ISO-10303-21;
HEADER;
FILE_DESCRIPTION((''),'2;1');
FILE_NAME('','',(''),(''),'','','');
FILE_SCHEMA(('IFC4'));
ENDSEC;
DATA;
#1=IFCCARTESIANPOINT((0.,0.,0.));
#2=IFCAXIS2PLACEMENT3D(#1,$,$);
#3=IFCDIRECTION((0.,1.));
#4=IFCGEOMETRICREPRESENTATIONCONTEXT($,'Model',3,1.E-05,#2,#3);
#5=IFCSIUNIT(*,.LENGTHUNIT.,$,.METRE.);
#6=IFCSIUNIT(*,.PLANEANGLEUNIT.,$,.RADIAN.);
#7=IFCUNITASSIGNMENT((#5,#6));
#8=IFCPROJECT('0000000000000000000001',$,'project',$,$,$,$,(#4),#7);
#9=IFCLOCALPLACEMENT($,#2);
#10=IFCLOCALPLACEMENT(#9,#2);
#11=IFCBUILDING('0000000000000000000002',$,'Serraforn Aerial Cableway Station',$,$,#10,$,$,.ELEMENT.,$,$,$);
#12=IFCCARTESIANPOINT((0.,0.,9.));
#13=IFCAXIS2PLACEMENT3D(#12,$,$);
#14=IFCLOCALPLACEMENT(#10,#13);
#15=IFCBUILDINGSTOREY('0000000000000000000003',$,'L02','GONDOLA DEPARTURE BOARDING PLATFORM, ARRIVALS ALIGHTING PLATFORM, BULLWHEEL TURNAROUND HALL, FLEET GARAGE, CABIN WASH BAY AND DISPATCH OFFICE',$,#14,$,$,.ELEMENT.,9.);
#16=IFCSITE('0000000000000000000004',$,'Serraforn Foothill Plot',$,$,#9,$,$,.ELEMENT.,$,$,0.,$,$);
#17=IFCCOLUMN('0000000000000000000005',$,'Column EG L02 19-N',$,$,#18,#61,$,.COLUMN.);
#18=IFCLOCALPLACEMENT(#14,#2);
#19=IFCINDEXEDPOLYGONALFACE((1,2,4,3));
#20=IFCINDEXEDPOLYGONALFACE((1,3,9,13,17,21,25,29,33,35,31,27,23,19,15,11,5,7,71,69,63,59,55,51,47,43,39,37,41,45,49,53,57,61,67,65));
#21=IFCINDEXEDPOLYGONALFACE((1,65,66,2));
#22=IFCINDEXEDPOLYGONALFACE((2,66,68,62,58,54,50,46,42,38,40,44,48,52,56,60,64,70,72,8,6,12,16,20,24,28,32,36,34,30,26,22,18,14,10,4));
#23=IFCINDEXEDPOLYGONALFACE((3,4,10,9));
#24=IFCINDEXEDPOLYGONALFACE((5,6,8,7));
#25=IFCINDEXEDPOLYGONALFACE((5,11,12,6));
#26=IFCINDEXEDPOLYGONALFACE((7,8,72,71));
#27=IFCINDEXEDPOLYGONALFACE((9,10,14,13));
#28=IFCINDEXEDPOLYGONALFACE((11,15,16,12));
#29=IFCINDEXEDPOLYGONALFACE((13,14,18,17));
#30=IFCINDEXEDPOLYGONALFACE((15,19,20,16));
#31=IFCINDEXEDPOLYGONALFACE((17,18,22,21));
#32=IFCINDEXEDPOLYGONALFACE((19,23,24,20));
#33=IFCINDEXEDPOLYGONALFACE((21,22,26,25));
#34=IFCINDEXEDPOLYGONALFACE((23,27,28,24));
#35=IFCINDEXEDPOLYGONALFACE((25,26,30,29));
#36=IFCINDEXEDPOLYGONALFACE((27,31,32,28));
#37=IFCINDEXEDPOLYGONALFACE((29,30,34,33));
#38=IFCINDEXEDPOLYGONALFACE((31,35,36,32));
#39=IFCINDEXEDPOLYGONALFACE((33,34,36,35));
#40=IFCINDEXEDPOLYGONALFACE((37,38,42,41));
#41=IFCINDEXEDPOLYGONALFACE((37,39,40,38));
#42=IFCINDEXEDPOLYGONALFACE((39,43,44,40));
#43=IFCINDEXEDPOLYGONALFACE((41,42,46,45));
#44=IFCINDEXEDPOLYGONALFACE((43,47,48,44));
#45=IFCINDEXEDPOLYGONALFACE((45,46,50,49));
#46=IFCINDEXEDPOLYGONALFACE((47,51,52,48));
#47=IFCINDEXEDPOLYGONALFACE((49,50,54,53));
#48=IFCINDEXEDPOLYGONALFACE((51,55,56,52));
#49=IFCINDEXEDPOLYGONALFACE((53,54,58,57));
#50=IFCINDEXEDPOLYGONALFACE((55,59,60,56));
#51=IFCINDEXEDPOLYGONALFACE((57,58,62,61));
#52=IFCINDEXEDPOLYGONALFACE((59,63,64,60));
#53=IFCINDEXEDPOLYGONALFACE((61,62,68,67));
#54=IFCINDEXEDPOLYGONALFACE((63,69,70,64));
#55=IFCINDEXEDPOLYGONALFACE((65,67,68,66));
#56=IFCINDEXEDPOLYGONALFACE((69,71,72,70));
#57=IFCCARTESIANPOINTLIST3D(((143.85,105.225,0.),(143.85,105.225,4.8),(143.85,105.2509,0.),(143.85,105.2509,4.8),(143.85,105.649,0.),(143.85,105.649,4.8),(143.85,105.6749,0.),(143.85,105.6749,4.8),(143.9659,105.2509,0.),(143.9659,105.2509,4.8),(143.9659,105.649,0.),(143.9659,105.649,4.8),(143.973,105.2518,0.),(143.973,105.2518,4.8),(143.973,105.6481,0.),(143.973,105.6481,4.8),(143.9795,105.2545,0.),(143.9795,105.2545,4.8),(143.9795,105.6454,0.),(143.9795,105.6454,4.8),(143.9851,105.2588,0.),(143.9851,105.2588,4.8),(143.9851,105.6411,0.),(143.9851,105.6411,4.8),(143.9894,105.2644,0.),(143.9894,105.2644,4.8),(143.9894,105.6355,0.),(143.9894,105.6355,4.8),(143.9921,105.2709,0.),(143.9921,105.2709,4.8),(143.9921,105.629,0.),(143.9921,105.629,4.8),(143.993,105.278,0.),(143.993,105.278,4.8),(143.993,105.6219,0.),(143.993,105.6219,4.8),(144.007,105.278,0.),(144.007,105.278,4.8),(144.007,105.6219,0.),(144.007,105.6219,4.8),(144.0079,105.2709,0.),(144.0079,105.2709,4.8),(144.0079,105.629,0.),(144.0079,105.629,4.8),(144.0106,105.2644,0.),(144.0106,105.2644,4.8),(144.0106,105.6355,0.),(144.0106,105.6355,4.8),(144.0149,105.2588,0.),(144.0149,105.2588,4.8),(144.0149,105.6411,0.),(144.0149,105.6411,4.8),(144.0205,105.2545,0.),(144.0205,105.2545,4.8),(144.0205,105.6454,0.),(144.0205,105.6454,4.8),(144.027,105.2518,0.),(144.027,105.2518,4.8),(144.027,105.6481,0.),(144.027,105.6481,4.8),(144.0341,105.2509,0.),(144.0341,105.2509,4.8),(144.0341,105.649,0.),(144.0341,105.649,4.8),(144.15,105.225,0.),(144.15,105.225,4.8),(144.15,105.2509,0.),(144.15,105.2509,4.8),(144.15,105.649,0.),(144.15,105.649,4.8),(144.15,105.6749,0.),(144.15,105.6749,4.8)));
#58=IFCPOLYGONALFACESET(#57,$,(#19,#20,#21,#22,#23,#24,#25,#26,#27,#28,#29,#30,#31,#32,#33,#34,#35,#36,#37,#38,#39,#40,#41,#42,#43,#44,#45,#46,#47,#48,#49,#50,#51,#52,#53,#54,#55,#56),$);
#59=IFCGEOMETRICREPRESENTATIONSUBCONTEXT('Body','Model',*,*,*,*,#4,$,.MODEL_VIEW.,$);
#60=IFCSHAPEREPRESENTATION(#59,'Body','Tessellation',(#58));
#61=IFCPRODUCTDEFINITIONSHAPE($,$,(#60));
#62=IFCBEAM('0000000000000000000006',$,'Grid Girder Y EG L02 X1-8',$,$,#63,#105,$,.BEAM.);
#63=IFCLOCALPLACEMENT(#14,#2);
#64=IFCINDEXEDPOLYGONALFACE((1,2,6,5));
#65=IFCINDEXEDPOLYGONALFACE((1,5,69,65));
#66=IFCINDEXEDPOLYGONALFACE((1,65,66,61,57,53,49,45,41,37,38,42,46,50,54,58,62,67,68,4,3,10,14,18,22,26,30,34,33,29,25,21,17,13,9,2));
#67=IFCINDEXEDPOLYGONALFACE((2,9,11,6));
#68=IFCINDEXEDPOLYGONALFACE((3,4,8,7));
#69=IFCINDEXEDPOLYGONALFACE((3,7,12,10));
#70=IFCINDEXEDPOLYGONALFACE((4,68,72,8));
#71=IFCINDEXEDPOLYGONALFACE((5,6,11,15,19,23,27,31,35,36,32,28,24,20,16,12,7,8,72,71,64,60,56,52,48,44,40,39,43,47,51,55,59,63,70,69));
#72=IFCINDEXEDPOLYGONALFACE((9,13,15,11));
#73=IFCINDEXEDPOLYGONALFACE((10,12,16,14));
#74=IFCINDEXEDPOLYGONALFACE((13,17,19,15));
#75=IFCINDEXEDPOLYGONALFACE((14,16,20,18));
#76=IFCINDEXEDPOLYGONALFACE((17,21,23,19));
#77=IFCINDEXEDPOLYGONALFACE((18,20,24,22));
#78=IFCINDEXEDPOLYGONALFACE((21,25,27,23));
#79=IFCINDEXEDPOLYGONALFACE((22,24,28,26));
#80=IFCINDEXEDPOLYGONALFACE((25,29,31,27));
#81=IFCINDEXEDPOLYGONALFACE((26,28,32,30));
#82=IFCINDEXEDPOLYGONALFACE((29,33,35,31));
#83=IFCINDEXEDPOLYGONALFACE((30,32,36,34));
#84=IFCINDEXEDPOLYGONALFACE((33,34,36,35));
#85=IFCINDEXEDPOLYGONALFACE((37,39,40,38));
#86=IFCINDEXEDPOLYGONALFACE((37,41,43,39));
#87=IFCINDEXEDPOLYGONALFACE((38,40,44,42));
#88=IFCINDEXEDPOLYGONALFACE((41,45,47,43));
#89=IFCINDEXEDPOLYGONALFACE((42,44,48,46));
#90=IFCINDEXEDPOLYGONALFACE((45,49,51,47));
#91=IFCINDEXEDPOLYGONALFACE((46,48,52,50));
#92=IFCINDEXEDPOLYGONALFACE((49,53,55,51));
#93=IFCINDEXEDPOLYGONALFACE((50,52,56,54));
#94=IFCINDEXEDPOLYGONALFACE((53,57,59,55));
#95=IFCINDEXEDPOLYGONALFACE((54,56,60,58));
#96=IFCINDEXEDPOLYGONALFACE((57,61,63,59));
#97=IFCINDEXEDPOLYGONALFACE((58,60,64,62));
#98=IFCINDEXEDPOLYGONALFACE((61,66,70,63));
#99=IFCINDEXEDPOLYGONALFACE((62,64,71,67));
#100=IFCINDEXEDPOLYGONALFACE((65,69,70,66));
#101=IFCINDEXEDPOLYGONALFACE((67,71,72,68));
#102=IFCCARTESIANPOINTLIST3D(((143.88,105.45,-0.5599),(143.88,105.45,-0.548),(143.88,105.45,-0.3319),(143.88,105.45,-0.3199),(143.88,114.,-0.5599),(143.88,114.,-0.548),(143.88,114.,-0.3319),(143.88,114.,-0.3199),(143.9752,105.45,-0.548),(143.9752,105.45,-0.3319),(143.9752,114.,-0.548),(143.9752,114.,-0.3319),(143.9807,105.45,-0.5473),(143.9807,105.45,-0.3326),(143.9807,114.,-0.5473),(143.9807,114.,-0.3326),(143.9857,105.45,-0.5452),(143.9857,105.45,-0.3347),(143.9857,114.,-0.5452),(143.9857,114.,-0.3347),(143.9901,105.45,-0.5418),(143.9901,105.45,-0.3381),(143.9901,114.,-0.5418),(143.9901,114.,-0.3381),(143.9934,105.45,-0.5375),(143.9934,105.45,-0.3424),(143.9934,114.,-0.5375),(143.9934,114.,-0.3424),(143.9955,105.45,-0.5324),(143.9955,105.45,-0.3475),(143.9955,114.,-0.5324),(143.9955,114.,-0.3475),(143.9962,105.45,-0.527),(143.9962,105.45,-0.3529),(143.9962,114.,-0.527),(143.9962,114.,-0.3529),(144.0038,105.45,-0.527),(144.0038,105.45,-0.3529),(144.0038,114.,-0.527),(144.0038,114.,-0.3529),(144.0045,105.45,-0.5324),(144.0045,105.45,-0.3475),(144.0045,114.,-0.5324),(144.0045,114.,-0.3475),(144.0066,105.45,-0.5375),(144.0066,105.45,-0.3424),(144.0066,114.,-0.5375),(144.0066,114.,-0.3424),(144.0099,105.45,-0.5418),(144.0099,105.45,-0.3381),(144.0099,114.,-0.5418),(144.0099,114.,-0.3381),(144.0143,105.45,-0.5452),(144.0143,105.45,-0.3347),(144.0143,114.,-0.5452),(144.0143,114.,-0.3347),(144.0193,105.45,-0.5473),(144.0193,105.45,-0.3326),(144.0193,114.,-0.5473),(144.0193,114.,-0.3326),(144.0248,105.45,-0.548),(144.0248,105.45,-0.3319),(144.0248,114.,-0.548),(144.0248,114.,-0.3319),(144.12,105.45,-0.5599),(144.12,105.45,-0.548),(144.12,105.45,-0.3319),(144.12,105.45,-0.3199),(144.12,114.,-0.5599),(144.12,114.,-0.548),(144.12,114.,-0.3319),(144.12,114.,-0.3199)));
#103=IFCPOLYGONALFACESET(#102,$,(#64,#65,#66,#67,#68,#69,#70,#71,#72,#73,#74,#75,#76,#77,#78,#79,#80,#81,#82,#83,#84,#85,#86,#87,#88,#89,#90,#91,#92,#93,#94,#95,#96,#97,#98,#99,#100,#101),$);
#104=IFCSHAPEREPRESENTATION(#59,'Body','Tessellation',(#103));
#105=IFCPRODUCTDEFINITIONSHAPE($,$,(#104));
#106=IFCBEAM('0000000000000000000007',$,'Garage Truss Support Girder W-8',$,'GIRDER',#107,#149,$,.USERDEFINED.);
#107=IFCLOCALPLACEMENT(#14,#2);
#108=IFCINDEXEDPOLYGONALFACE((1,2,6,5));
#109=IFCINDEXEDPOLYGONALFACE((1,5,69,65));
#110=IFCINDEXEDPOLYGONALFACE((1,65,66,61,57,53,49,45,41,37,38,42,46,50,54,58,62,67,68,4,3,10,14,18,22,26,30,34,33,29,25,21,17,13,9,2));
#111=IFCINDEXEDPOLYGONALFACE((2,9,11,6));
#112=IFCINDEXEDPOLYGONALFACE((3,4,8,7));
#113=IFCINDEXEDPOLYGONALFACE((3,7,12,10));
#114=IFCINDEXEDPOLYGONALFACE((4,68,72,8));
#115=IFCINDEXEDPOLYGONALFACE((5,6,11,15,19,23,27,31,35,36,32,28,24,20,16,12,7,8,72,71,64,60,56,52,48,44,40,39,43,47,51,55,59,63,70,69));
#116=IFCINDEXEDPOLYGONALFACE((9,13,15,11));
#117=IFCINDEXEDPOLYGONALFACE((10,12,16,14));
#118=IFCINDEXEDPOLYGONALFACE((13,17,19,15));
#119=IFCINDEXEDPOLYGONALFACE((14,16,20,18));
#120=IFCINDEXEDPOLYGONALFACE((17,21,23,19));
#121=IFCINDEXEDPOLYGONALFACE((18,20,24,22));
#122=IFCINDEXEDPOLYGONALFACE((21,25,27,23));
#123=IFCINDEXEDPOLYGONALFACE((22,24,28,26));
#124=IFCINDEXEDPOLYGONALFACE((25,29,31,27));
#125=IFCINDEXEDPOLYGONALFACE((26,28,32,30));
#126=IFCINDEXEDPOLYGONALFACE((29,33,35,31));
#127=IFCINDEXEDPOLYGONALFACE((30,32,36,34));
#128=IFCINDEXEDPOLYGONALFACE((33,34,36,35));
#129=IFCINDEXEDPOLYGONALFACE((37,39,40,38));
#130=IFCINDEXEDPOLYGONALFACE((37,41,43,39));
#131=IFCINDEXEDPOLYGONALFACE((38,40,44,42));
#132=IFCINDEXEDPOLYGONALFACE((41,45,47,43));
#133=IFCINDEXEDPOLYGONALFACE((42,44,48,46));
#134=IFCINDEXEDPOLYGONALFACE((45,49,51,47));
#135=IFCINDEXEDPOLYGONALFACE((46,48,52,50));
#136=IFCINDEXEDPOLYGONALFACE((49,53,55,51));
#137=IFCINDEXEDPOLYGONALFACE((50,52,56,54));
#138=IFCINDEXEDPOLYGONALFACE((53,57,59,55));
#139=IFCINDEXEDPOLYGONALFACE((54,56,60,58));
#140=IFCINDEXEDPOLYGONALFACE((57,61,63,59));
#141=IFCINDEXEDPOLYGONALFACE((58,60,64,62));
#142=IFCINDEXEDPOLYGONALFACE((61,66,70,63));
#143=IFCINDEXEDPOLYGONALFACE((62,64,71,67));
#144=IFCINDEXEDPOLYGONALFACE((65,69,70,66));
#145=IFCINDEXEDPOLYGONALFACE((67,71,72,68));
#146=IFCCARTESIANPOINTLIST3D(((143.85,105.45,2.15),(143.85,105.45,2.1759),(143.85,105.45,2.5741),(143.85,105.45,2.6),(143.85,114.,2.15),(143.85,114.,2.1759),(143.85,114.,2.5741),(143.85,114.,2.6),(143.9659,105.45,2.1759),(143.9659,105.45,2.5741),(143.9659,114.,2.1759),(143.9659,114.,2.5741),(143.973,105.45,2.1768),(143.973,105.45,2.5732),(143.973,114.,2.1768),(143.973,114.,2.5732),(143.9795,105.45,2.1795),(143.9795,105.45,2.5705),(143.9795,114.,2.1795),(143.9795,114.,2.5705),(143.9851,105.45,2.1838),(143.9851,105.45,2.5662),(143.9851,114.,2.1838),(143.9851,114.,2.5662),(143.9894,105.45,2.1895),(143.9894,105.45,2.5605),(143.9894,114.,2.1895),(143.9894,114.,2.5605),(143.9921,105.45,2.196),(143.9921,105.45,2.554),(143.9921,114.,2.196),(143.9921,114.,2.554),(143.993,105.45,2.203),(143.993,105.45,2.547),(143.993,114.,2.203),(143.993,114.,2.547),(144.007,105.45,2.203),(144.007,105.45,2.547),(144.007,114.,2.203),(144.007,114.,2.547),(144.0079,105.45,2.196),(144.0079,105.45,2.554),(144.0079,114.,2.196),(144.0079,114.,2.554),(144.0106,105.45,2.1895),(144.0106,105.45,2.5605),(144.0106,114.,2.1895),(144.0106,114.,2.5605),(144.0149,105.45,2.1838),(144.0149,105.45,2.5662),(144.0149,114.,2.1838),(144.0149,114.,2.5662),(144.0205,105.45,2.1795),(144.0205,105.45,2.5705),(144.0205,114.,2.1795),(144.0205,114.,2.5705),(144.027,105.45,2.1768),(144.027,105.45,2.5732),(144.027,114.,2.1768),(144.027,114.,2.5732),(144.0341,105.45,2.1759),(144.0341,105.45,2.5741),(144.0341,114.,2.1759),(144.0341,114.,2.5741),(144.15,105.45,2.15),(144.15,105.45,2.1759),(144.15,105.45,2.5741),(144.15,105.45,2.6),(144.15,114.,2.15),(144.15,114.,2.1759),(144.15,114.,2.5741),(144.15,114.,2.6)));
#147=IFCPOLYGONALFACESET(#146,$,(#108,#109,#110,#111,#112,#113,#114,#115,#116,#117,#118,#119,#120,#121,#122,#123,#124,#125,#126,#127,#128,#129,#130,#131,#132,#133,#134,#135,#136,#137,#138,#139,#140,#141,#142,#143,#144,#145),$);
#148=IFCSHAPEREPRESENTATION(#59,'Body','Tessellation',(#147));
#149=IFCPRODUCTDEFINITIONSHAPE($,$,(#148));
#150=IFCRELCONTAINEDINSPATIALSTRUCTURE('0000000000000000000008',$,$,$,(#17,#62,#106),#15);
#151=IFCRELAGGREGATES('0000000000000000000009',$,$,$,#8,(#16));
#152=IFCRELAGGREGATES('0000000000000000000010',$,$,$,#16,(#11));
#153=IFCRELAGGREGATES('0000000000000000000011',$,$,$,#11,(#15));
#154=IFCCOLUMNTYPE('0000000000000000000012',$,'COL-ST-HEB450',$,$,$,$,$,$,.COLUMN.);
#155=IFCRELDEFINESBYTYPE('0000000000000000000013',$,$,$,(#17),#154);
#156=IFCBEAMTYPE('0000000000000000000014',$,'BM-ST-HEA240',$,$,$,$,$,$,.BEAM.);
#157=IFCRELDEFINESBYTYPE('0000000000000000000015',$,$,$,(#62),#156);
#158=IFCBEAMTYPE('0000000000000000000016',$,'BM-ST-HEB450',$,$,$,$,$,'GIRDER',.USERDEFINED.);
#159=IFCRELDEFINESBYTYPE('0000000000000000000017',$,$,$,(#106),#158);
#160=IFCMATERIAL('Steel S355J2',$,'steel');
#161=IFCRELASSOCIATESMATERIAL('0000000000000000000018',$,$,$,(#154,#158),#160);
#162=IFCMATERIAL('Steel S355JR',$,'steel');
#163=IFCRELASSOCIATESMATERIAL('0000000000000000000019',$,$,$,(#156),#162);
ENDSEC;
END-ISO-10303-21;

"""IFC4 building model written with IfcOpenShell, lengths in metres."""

from ifc_helpers import new_model, si_unit, direction, frame, origin, origin_2d, place, context, subcontext, project, spatial, i_section, extrude, material, material_profile, profile_set, type_object, element, save


model = new_model("IFC4")

# Units and contexts
model_context = context("Model", 3, precision=1e-05, world=origin(), true_north=direction((0.0, 1.0)))
body_context = subcontext(model_context, "Body", "Model", "MODEL_VIEW")
ifc_project = project(units=[si_unit("LENGTHUNIT", "METRE"), si_unit("PLANEANGLEUNIT", "RADIAN")], contexts=[model_context])

# Site, building, storey
site_placement = place(None, origin())
site = spatial("IfcSite", under=ifc_project, at=site_placement, Name="Serraforn Foothill Plot", CompositionType="ELEMENT", RefElevation=0.0)
building_placement = place(site_placement, origin())
building = spatial("IfcBuilding", under=site, at=building_placement, Name="Serraforn Aerial Cableway Station", CompositionType="ELEMENT")
storey_placement = place(building_placement, frame((0.0, 0.0, 9.0)))
storey = spatial("IfcBuildingStorey", under=building, at=storey_placement, Name="L02", Description="GONDOLA DEPARTURE BOARDING PLATFORM, ARRIVALS ALIGHTING PLATFORM, BULLWHEEL TURNAROUND HALL, FLEET GARAGE, CABIN WASH BAY AND DISPATCH OFFICE", CompositionType="ELEMENT", Elevation=9.0)

# Column
ifc_material_1 = material(Name="Steel S355J2", Category="steel")
ifc_material_profile_1 = material_profile(ifc_material_1, i_section(OverallWidth=0.3, OverallDepth=0.45, WebThickness=0.0139, FlangeThickness=0.0259, FilletRadius=0.0271, at=origin_2d()), Name="HEB 450")
ifc_profile_set_1 = profile_set([ifc_material_profile_1], Name="Steel S355J2")
column_type = type_object("IfcColumnType", Name="COL-ST-HEB450", PredefinedType="COLUMN", material=ifc_profile_set_1)
column_placement = place(storey_placement, frame((144.0, 105.45, 0.0), z_axis=(0.0, 0.0, 1.0), x_axis=(1.0, 0.0, 0.0)))
element("IfcColumn", 1, at=column_placement, inside=storey, type_object=column_type, Name="Column EG L02 19-N", PredefinedType="COLUMN", context=body_context, shape_type="SweptSolid", body=[
    extrude(i_section(OverallWidth=0.3, OverallDepth=0.45, WebThickness=0.0139, FlangeThickness=0.0259, FilletRadius=0.0271, at=origin_2d()), origin(), (0.0, 0.0, 1.0), 4.8),
])

# Beams
ifc_material_2 = material(Name="Steel S355JR", Category="steel")
ifc_material_profile_2 = material_profile(ifc_material_2, i_section(OverallWidth=0.24, OverallDepth=0.24, WebThickness=0.0076, FlangeThickness=0.012, FilletRadius=0.021, at=origin_2d()), Name="HEA 240")
ifc_profile_set_2 = profile_set([ifc_material_profile_2], Name="Steel S355JR")
beam_type_1 = type_object("IfcBeamType", Name="BM-ST-HEA240", PredefinedType="BEAM", material=ifc_profile_set_2)
beam_1_placement = place(storey_placement, frame((144.0, 105.45, -0.4399), z_axis=(0.0, 1.0, 0.0), x_axis=(-1.0, 0.0, 0.0)))
element("IfcBeam", 2, at=beam_1_placement, inside=storey, type_object=beam_type_1, Name="Grid Girder Y EG L02 X1-8", PredefinedType="BEAM", context=body_context, shape_type="SweptSolid", body=[
    extrude(i_section(OverallWidth=0.24, OverallDepth=0.24, WebThickness=0.0076, FlangeThickness=0.012, FilletRadius=0.021, at=origin_2d()), origin(), (0.0, 0.0, 1.0), 8.55),
])
ifc_material_profile_3 = material_profile(ifc_material_1, i_section(OverallWidth=0.3, OverallDepth=0.45, WebThickness=0.0139, FlangeThickness=0.0259, FilletRadius=0.0271, at=origin_2d()), Name="HEB 450")
ifc_profile_set_3 = profile_set([ifc_material_profile_3], Name="Steel S355J2")
beam_type_2 = type_object("IfcBeamType", Name="BM-ST-HEB450", ElementType="GIRDER", PredefinedType="USERDEFINED", material=ifc_profile_set_3)
beam_2_placement = place(storey_placement, frame((144.0, 105.45, 2.375), z_axis=(0.0, 1.0, 0.0), x_axis=(-1.0, 0.0, 0.0)))
element("IfcBeam", 3, at=beam_2_placement, inside=storey, type_object=beam_type_2, Name="Garage Truss Support Girder W-8", ObjectType="GIRDER", PredefinedType="USERDEFINED", context=body_context, shape_type="SweptSolid", body=[
    extrude(i_section(OverallWidth=0.3, OverallDepth=0.45, WebThickness=0.0139, FlangeThickness=0.0259, FilletRadius=0.0271, at=origin_2d()), origin(), (0.0, 0.0, 1.0), 8.55),
])

save(model, "model.ifc")
